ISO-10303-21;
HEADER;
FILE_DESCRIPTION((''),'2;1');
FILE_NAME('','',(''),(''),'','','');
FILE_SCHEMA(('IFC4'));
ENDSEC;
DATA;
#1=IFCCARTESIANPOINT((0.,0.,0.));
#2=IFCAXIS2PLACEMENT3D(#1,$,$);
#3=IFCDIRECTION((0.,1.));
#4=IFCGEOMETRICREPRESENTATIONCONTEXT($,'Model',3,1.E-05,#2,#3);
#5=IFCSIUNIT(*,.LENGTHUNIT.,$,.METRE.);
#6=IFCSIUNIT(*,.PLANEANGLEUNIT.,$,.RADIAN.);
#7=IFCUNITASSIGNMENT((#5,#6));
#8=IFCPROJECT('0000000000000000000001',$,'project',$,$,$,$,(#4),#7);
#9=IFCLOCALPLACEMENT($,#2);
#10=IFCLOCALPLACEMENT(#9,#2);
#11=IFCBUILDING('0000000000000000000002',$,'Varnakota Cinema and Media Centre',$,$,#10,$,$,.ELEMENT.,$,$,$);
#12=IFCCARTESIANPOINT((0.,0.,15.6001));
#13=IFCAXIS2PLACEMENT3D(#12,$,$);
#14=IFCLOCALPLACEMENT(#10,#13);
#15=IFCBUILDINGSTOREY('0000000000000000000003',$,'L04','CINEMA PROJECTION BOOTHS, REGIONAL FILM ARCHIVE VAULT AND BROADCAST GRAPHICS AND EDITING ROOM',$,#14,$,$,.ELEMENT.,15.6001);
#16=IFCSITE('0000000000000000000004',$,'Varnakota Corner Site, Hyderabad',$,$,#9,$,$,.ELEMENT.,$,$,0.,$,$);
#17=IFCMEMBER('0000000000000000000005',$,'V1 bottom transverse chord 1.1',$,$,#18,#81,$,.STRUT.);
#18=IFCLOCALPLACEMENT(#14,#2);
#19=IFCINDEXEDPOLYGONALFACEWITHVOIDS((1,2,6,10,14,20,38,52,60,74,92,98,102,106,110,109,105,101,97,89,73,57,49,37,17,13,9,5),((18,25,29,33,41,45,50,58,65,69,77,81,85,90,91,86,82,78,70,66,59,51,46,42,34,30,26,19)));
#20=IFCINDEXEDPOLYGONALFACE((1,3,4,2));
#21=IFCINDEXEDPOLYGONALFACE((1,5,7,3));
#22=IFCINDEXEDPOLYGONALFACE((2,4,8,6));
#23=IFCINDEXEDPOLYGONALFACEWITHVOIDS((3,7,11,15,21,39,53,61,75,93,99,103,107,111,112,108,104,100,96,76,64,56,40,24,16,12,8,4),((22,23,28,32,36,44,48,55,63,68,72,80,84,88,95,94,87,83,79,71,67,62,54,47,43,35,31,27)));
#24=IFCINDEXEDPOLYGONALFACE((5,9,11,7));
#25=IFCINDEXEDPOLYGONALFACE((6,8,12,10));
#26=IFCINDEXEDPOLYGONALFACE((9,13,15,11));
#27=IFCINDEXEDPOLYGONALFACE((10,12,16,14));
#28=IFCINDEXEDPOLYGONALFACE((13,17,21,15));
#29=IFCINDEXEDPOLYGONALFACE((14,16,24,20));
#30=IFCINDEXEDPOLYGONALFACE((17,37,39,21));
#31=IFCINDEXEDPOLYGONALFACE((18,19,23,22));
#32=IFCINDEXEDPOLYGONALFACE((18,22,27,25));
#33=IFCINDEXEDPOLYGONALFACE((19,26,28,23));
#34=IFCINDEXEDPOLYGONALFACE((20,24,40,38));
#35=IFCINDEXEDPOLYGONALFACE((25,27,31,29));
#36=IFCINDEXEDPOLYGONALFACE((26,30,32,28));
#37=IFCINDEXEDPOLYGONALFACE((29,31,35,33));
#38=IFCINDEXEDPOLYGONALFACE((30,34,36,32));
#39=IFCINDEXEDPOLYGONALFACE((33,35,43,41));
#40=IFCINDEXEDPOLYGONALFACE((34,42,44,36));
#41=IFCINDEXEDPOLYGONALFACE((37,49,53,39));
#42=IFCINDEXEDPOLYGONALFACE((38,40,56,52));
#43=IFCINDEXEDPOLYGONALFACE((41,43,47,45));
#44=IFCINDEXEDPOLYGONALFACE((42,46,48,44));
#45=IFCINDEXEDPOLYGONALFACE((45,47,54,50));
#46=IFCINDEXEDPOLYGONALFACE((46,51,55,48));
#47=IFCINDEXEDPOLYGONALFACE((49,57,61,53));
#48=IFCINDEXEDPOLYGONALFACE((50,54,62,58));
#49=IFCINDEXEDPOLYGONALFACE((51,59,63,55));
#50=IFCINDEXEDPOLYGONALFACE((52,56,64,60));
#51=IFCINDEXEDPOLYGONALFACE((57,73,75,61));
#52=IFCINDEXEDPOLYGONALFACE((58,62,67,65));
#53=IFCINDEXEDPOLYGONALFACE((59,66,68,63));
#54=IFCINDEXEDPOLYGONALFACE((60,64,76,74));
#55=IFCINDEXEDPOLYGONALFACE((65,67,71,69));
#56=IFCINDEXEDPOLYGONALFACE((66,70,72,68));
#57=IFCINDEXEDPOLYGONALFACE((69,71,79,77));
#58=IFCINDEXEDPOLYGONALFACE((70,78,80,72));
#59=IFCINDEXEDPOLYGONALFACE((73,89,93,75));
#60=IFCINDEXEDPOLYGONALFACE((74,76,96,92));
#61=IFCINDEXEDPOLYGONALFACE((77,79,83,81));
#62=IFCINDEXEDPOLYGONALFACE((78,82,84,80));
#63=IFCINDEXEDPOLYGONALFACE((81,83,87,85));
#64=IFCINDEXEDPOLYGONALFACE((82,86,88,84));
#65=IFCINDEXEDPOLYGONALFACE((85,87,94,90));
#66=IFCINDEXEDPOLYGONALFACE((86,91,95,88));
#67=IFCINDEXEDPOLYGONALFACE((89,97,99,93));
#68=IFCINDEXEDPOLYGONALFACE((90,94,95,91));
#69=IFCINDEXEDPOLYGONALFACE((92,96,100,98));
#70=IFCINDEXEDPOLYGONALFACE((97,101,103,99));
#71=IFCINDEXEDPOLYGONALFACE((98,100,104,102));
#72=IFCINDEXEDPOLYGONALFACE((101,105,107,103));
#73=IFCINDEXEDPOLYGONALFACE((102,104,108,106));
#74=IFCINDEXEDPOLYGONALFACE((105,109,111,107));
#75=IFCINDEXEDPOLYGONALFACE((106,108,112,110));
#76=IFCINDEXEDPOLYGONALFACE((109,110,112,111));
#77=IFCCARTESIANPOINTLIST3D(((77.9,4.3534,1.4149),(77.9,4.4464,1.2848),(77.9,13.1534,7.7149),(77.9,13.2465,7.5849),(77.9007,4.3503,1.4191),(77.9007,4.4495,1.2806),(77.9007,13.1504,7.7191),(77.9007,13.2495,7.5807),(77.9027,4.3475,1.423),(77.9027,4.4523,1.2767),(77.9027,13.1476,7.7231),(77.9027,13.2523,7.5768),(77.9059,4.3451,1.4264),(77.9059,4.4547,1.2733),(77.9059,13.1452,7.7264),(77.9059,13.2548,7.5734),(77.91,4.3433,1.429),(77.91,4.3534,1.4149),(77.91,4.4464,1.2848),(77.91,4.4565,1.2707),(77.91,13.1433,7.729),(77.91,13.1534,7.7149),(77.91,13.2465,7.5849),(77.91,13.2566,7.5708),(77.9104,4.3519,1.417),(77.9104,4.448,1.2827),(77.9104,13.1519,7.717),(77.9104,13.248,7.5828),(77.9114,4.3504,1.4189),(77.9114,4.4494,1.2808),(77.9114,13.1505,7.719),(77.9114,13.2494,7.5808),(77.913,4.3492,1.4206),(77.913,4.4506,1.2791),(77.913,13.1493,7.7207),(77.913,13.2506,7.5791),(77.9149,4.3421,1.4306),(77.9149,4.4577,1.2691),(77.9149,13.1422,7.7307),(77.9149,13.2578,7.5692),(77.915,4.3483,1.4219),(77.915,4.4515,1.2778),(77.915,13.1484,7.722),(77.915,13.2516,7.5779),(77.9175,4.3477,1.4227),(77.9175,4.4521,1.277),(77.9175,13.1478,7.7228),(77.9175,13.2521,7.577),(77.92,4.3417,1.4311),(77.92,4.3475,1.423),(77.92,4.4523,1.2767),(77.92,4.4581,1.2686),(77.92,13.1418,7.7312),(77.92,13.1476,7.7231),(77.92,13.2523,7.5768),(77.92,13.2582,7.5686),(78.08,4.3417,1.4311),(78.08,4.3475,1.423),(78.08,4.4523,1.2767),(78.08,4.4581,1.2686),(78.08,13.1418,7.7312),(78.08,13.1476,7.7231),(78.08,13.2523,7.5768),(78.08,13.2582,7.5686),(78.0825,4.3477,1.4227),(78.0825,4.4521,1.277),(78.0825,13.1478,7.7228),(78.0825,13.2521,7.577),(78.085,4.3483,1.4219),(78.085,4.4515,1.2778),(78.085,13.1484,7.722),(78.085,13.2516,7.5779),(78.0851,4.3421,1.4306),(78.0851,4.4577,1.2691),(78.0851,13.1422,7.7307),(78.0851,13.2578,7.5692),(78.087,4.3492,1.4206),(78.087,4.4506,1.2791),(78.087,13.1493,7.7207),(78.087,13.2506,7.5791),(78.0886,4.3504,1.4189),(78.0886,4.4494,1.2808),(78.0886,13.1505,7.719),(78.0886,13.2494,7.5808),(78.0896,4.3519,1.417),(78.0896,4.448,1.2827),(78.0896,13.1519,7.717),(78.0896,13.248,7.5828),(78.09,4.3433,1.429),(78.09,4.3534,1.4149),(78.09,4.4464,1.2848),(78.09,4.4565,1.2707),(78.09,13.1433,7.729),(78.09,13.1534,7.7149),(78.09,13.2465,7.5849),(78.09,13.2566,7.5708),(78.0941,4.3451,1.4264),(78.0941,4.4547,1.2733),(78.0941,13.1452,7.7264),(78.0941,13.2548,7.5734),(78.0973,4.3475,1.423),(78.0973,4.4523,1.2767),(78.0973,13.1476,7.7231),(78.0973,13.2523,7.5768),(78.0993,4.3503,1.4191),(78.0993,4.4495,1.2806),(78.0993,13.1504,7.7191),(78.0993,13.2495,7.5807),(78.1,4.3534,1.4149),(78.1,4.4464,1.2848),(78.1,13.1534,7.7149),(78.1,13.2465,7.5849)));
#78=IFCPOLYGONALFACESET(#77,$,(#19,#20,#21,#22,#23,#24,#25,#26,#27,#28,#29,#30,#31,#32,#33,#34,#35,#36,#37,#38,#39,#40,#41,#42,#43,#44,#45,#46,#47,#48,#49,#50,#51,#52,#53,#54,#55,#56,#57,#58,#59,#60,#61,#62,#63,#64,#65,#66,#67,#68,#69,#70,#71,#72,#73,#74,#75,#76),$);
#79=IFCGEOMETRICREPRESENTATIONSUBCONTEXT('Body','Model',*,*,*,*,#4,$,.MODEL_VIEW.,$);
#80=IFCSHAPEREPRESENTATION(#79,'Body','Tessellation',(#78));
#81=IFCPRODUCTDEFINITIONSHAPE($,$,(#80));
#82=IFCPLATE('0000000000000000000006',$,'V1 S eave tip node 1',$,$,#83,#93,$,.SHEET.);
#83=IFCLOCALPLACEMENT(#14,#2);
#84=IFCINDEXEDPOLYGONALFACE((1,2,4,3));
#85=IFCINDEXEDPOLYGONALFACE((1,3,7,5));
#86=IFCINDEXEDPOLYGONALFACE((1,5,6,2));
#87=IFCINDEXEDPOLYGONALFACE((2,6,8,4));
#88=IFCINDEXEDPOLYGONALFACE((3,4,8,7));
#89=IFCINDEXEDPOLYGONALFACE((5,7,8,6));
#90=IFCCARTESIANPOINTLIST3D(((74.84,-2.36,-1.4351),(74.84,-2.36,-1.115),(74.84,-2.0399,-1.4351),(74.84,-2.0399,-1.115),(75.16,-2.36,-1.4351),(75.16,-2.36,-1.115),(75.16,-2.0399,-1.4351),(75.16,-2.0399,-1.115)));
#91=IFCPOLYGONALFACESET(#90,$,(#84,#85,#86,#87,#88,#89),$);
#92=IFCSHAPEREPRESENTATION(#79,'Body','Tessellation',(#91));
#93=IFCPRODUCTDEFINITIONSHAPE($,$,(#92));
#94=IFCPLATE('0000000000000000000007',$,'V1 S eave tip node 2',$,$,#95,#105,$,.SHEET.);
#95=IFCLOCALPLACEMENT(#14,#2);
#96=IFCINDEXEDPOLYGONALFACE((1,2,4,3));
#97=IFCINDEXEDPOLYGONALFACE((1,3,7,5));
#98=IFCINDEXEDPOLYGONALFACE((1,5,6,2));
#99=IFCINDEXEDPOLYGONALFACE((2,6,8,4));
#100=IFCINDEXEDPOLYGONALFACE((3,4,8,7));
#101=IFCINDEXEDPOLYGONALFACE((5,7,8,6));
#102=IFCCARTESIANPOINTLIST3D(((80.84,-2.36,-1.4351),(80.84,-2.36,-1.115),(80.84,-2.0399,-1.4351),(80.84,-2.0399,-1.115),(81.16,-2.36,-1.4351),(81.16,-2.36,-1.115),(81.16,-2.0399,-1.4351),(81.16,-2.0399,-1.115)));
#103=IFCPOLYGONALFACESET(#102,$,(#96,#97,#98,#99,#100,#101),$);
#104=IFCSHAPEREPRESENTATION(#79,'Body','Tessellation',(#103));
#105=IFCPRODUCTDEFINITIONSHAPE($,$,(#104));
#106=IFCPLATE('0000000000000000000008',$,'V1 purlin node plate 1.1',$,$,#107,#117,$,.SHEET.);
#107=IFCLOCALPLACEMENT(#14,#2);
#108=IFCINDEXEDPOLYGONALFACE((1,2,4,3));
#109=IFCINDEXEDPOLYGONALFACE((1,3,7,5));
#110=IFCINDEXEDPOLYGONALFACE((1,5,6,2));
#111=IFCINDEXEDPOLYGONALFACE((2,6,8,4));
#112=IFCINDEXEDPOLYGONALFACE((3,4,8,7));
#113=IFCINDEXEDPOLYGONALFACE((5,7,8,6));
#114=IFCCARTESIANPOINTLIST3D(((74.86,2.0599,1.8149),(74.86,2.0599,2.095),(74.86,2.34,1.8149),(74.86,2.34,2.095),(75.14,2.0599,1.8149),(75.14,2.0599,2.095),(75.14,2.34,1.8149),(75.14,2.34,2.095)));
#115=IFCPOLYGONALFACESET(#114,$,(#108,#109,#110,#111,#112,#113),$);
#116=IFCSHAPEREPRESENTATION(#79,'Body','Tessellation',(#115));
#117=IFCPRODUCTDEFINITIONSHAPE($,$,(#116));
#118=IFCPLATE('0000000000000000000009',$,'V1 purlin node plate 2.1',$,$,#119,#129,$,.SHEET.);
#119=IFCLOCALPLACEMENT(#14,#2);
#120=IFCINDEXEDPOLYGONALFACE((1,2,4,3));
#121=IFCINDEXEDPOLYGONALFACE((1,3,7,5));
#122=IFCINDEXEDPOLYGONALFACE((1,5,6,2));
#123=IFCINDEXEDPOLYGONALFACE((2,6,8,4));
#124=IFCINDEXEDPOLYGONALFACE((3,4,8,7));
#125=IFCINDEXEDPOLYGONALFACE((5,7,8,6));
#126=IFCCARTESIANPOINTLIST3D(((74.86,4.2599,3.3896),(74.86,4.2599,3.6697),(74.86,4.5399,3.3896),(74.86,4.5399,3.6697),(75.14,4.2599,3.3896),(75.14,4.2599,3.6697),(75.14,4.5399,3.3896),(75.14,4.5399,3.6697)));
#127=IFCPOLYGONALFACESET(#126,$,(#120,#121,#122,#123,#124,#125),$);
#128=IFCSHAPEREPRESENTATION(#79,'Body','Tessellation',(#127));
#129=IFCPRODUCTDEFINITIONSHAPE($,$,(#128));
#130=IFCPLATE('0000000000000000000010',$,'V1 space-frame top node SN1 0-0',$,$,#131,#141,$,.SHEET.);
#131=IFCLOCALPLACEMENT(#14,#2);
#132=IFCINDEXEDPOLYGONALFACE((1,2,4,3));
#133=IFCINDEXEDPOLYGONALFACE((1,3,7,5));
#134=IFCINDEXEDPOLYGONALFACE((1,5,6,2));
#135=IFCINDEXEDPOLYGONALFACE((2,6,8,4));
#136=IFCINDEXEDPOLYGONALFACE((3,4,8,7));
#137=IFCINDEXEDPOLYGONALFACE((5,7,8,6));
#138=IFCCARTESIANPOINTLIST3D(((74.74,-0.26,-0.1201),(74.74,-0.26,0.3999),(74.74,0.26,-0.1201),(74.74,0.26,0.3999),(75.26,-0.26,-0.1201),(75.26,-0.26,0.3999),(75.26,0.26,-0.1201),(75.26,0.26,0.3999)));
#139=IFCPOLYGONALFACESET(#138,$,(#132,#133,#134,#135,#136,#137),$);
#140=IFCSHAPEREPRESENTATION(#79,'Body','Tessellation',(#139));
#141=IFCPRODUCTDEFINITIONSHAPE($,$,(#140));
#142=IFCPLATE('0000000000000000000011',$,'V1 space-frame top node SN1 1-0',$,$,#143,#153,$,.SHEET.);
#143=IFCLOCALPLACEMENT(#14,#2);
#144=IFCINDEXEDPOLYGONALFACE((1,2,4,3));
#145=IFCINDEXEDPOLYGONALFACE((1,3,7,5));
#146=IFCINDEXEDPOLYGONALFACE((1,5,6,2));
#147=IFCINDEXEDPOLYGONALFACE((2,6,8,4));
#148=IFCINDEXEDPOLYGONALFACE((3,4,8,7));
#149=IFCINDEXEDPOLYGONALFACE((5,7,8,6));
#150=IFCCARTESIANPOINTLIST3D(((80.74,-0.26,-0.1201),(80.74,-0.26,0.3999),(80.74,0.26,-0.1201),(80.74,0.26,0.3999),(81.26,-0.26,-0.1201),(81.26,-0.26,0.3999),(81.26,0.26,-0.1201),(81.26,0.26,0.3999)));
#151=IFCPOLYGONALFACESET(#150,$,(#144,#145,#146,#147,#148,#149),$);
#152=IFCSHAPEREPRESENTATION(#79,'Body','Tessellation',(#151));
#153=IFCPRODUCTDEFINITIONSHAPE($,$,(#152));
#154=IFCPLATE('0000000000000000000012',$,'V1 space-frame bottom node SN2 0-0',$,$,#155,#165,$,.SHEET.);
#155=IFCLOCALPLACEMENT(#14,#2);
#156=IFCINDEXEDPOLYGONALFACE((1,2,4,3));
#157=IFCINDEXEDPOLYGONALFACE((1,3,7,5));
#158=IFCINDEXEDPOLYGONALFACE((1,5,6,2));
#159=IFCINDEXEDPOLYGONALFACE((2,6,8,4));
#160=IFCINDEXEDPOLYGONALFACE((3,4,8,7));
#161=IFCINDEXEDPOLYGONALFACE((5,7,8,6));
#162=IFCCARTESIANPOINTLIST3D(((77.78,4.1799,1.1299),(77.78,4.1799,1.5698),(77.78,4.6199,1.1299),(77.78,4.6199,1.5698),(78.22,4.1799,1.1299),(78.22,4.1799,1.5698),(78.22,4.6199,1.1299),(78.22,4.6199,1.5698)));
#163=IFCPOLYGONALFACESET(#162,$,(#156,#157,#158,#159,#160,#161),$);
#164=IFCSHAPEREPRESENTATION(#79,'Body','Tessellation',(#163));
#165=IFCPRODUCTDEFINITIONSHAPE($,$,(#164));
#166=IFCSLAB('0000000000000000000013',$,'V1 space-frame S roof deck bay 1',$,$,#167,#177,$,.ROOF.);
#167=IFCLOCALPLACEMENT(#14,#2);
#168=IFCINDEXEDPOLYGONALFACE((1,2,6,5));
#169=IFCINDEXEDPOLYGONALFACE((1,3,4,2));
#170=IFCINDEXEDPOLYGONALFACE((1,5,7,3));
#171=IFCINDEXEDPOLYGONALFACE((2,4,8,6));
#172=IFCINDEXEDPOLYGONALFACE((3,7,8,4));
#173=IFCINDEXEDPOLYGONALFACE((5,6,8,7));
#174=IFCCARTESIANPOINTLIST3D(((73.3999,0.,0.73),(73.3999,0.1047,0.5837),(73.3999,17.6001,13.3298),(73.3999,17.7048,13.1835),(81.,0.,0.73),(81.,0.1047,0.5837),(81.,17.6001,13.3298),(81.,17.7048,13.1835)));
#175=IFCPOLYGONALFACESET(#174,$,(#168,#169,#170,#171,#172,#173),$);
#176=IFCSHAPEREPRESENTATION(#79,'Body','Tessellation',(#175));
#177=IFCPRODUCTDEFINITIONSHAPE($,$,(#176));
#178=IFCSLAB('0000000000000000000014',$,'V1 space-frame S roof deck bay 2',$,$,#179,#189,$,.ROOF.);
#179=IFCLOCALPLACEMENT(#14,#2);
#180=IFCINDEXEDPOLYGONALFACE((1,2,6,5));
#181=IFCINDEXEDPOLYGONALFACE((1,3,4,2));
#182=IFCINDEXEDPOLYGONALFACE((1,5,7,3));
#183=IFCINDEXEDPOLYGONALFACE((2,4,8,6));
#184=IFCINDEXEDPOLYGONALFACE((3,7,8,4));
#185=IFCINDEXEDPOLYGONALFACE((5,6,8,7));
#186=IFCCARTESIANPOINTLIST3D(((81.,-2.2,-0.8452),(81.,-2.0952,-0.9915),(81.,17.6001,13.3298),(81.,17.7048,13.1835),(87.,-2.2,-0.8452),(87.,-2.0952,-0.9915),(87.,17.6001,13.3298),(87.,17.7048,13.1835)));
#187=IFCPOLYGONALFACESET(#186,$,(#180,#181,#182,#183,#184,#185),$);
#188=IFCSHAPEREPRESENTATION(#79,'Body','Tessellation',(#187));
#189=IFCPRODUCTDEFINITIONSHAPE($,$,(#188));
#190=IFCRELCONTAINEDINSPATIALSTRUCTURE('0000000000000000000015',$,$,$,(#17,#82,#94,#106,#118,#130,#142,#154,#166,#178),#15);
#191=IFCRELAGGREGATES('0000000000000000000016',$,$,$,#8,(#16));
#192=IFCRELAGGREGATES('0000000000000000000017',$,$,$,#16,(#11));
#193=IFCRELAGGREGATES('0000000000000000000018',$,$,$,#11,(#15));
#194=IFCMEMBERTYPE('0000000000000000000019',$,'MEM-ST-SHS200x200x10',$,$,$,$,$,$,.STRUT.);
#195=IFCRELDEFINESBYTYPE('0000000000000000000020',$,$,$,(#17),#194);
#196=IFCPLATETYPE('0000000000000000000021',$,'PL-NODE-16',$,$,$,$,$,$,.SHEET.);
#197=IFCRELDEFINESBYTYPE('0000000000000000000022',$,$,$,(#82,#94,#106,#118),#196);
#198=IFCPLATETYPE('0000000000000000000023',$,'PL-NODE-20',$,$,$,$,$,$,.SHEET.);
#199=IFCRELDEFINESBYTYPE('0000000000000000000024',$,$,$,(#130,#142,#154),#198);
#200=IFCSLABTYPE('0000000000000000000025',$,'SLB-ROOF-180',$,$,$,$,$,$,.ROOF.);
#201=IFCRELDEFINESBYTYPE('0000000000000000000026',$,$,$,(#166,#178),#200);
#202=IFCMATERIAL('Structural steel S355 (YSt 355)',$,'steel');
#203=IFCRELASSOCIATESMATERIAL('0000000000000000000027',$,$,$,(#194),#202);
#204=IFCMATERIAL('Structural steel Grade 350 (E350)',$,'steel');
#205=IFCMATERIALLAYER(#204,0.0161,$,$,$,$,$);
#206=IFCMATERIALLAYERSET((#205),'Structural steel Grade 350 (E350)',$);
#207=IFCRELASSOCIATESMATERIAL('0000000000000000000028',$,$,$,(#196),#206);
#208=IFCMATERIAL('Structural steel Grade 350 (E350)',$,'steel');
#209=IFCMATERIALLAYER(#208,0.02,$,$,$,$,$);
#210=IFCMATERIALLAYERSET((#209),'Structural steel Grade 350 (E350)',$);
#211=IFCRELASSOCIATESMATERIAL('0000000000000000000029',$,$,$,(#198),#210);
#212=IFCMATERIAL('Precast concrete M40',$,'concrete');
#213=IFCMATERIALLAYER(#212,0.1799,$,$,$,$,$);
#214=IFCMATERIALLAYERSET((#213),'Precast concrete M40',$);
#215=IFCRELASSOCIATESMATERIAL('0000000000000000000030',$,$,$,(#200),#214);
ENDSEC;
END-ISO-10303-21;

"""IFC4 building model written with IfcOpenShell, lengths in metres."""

from ifc_helpers import new_model, si_unit, direction, frame, origin, origin_2d, place, context, subcontext, project, spatial, polyline, rectangle, hollow_rectangle, outline, extrude, material, layer, layer_set, material_profile, profile_set, type_object, element, save


model = new_model("IFC4")

# Units and contexts
model_context = context("Model", 3, precision=1e-05, world=origin(), true_north=direction((0.0, 1.0)))
body_context = subcontext(model_context, "Body", "Model", "MODEL_VIEW")
ifc_project = project(units=[si_unit("LENGTHUNIT", "METRE"), si_unit("PLANEANGLEUNIT", "RADIAN")], contexts=[model_context])

# Site, building, storey
site_placement = place(None, origin())
site = spatial("IfcSite", under=ifc_project, at=site_placement, Name="Varnakota Corner Site, Hyderabad", CompositionType="ELEMENT", RefElevation=0.0)
building_placement = place(site_placement, origin())
building = spatial("IfcBuilding", under=site, at=building_placement, Name="Varnakota Cinema and Media Centre", CompositionType="ELEMENT")
storey_placement = place(building_placement, frame((0.0, 0.0, 15.6001)))
storey = spatial("IfcBuildingStorey", under=building, at=storey_placement, Name="L04", Description="CINEMA PROJECTION BOOTHS, REGIONAL FILM ARCHIVE VAULT AND BROADCAST GRAPHICS AND EDITING ROOM", CompositionType="ELEMENT", Elevation=15.6001)

# Member
ifc_material_1 = material(Name="Structural steel S355 (YSt 355)", Category="steel")
ifc_material_profile_1 = material_profile(ifc_material_1, hollow_rectangle(XDim=0.2, YDim=0.2, WallThickness=0.01, InnerFilletRadius=0.01, OuterFilletRadius=0.02, at=origin_2d()), Name="SHS 200x200x10")
ifc_profile_set_1 = profile_set([ifc_material_profile_1], Name="Structural steel S355 (YSt 355)")
member_type_1 = type_object("IfcMemberType", Name="MEM-ST-SHS200x200x10", PredefinedType="STRUT", material=ifc_profile_set_1)
member_1_placement = place(storey_placement, frame((78.0, 4.3999, 1.3499), z_axis=(0.0, 0.813108, 0.582113), x_axis=(-1.0, 0.0, 0.0)))
element("IfcMember", 1, at=member_1_placement, inside=storey, type_object=member_type_1, Name="V1 bottom transverse chord 1.1", PredefinedType="STRUT", context=body_context, shape_type="SweptSolid", body=[
    extrude(hollow_rectangle(XDim=0.2, YDim=0.2, WallThickness=0.01, InnerFilletRadius=0.01, OuterFilletRadius=0.02, at=origin_2d()), origin(), (0.0, 0.0, 1.0), 10.8228),
])

# Plates
ifc_material_2 = material(Name="Structural steel Grade 350 (E350)", Category="steel")
ifc_layer_1 = layer(ifc_material_2, 0.0161)
ifc_layer_set_1 = layer_set([ifc_layer_1], Name="Structural steel Grade 350 (E350)")
plate_type_1 = type_object("IfcPlateType", Name="PL-NODE-16", PredefinedType="SHEET", material=ifc_layer_set_1)
for number, where, z_axis, x_axis, name in (
    (2, (75.0, -2.2, -1.4351), (0.0, 0.0, 1.0), (1.0, 0.0, 0.0), "V1 S eave tip node 1"),
    (3, (81.0, -2.2, -1.4351), (0.0, 0.0, 1.0), (1.0, 0.0, 0.0), "V1 S eave tip node 2"),
):
    element("IfcPlate", number, at=place(storey_placement, frame(where, z_axis=z_axis, x_axis=x_axis)), inside=storey, type_object=plate_type_1, Name=name, PredefinedType="SHEET", context=body_context, shape_type="SweptSolid", body=[
        extrude(rectangle(XDim=0.3201, YDim=0.3201, at=origin_2d()), origin(), (0.0, 0.0, 1.0), 0.3201),
    ])
for number, where, z_axis, x_axis, name in (
    (4, (75.0, 2.2, 1.8149), (0.0, 0.0, 1.0), (1.0, 0.0, 0.0), "V1 purlin node plate 1.1"),
    (5, (75.0, 4.3999, 3.3896), (0.0, 0.0, 1.0), (1.0, 0.0, 0.0), "V1 purlin node plate 2.1"),
):
    element("IfcPlate", number, at=place(storey_placement, frame(where, z_axis=z_axis, x_axis=x_axis)), inside=storey, type_object=plate_type_1, Name=name, PredefinedType="SHEET", context=body_context, shape_type="SweptSolid", body=[
        extrude(rectangle(XDim=0.28, YDim=0.28, at=origin_2d()), origin(), (0.0, 0.0, 1.0), 0.28),
    ])
ifc_material_3 = material(Name="Structural steel Grade 350 (E350)", Category="steel")
ifc_layer_2 = layer(ifc_material_3, 0.02)
ifc_layer_set_2 = layer_set([ifc_layer_2], Name="Structural steel Grade 350 (E350)")
plate_type_2 = type_object("IfcPlateType", Name="PL-NODE-20", PredefinedType="SHEET", material=ifc_layer_set_2)
for number, where, z_axis, x_axis, name in (
    (6, (75.0, 0.0, -0.1201), (0.0, 0.0, 1.0), (1.0, 0.0, 0.0), "V1 space-frame top node SN1 0-0"),
    (7, (81.0, 0.0, -0.1201), (0.0, 0.0, 1.0), (1.0, 0.0, 0.0), "V1 space-frame top node SN1 1-0"),
):
    element("IfcPlate", number, at=place(storey_placement, frame(where, z_axis=z_axis, x_axis=x_axis)), inside=storey, type_object=plate_type_2, Name=name, PredefinedType="SHEET", context=body_context, shape_type="SweptSolid", body=[
        extrude(rectangle(XDim=0.52, YDim=0.52, at=origin_2d()), origin(), (0.0, 0.0, 1.0), 0.52),
    ])
plate_placement = place(storey_placement, frame((78.0, 4.3999, 1.1299), z_axis=(0.0, 0.0, 1.0), x_axis=(1.0, 0.0, 0.0)))
element("IfcPlate", 8, at=plate_placement, inside=storey, type_object=plate_type_2, Name="V1 space-frame bottom node SN2 0-0", PredefinedType="SHEET", context=body_context, shape_type="SweptSolid", body=[
    extrude(rectangle(XDim=0.4399, YDim=0.4399, at=origin_2d()), origin(), (0.0, 0.0, 1.0), 0.4399),
])

# Slabs
ifc_material_4 = material(Name="Precast concrete M40", Category="concrete")
ifc_layer_3 = layer(ifc_material_4, 0.1799)
ifc_layer_set_3 = layer_set([ifc_layer_3], Name="Precast concrete M40")
slab_type = type_object("IfcSlabType", Name="SLB-ROOF-180", PredefinedType="ROOF", material=ifc_layer_set_3)
slab_1_placement = place(storey_placement, frame((73.3999, 0.0, 0.73), z_axis=(0.0, -0.582105, 0.813113), x_axis=(1.0, 0.0, 0.0)))
element("IfcSlab", 9, at=slab_1_placement, inside=storey, type_object=slab_type, Name="V1 space-frame S roof deck bay 1", PredefinedType="ROOF", context=body_context, shape_type="SweptSolid", body=[
    extrude(outline(polyline([(0.0, 0.0), (7.6001, 0.0), (7.6001, 21.6453), (0.0, 21.6453), (0.0, 0.0)])), origin(), (0.0, 0.0, -1.0), 0.1799),
])
slab_2_placement = place(storey_placement, frame((81.0, -2.2, -0.8452), z_axis=(0.0, -0.582112, 0.813108), x_axis=(1.0, 0.0, 0.0)))
element("IfcSlab", 10, at=slab_2_placement, inside=storey, type_object=slab_type, Name="V1 space-frame S roof deck bay 2", PredefinedType="ROOF", context=body_context, shape_type="SweptSolid", body=[
    extrude(outline(polyline([(0.0, 0.0), (6.0, 0.0), (6.0, 24.3511), (0.0, 24.3511), (0.0, 0.0)])), origin(), (0.0, 0.0, -1.0), 0.1799),
])

save(model, "model.ifc")
